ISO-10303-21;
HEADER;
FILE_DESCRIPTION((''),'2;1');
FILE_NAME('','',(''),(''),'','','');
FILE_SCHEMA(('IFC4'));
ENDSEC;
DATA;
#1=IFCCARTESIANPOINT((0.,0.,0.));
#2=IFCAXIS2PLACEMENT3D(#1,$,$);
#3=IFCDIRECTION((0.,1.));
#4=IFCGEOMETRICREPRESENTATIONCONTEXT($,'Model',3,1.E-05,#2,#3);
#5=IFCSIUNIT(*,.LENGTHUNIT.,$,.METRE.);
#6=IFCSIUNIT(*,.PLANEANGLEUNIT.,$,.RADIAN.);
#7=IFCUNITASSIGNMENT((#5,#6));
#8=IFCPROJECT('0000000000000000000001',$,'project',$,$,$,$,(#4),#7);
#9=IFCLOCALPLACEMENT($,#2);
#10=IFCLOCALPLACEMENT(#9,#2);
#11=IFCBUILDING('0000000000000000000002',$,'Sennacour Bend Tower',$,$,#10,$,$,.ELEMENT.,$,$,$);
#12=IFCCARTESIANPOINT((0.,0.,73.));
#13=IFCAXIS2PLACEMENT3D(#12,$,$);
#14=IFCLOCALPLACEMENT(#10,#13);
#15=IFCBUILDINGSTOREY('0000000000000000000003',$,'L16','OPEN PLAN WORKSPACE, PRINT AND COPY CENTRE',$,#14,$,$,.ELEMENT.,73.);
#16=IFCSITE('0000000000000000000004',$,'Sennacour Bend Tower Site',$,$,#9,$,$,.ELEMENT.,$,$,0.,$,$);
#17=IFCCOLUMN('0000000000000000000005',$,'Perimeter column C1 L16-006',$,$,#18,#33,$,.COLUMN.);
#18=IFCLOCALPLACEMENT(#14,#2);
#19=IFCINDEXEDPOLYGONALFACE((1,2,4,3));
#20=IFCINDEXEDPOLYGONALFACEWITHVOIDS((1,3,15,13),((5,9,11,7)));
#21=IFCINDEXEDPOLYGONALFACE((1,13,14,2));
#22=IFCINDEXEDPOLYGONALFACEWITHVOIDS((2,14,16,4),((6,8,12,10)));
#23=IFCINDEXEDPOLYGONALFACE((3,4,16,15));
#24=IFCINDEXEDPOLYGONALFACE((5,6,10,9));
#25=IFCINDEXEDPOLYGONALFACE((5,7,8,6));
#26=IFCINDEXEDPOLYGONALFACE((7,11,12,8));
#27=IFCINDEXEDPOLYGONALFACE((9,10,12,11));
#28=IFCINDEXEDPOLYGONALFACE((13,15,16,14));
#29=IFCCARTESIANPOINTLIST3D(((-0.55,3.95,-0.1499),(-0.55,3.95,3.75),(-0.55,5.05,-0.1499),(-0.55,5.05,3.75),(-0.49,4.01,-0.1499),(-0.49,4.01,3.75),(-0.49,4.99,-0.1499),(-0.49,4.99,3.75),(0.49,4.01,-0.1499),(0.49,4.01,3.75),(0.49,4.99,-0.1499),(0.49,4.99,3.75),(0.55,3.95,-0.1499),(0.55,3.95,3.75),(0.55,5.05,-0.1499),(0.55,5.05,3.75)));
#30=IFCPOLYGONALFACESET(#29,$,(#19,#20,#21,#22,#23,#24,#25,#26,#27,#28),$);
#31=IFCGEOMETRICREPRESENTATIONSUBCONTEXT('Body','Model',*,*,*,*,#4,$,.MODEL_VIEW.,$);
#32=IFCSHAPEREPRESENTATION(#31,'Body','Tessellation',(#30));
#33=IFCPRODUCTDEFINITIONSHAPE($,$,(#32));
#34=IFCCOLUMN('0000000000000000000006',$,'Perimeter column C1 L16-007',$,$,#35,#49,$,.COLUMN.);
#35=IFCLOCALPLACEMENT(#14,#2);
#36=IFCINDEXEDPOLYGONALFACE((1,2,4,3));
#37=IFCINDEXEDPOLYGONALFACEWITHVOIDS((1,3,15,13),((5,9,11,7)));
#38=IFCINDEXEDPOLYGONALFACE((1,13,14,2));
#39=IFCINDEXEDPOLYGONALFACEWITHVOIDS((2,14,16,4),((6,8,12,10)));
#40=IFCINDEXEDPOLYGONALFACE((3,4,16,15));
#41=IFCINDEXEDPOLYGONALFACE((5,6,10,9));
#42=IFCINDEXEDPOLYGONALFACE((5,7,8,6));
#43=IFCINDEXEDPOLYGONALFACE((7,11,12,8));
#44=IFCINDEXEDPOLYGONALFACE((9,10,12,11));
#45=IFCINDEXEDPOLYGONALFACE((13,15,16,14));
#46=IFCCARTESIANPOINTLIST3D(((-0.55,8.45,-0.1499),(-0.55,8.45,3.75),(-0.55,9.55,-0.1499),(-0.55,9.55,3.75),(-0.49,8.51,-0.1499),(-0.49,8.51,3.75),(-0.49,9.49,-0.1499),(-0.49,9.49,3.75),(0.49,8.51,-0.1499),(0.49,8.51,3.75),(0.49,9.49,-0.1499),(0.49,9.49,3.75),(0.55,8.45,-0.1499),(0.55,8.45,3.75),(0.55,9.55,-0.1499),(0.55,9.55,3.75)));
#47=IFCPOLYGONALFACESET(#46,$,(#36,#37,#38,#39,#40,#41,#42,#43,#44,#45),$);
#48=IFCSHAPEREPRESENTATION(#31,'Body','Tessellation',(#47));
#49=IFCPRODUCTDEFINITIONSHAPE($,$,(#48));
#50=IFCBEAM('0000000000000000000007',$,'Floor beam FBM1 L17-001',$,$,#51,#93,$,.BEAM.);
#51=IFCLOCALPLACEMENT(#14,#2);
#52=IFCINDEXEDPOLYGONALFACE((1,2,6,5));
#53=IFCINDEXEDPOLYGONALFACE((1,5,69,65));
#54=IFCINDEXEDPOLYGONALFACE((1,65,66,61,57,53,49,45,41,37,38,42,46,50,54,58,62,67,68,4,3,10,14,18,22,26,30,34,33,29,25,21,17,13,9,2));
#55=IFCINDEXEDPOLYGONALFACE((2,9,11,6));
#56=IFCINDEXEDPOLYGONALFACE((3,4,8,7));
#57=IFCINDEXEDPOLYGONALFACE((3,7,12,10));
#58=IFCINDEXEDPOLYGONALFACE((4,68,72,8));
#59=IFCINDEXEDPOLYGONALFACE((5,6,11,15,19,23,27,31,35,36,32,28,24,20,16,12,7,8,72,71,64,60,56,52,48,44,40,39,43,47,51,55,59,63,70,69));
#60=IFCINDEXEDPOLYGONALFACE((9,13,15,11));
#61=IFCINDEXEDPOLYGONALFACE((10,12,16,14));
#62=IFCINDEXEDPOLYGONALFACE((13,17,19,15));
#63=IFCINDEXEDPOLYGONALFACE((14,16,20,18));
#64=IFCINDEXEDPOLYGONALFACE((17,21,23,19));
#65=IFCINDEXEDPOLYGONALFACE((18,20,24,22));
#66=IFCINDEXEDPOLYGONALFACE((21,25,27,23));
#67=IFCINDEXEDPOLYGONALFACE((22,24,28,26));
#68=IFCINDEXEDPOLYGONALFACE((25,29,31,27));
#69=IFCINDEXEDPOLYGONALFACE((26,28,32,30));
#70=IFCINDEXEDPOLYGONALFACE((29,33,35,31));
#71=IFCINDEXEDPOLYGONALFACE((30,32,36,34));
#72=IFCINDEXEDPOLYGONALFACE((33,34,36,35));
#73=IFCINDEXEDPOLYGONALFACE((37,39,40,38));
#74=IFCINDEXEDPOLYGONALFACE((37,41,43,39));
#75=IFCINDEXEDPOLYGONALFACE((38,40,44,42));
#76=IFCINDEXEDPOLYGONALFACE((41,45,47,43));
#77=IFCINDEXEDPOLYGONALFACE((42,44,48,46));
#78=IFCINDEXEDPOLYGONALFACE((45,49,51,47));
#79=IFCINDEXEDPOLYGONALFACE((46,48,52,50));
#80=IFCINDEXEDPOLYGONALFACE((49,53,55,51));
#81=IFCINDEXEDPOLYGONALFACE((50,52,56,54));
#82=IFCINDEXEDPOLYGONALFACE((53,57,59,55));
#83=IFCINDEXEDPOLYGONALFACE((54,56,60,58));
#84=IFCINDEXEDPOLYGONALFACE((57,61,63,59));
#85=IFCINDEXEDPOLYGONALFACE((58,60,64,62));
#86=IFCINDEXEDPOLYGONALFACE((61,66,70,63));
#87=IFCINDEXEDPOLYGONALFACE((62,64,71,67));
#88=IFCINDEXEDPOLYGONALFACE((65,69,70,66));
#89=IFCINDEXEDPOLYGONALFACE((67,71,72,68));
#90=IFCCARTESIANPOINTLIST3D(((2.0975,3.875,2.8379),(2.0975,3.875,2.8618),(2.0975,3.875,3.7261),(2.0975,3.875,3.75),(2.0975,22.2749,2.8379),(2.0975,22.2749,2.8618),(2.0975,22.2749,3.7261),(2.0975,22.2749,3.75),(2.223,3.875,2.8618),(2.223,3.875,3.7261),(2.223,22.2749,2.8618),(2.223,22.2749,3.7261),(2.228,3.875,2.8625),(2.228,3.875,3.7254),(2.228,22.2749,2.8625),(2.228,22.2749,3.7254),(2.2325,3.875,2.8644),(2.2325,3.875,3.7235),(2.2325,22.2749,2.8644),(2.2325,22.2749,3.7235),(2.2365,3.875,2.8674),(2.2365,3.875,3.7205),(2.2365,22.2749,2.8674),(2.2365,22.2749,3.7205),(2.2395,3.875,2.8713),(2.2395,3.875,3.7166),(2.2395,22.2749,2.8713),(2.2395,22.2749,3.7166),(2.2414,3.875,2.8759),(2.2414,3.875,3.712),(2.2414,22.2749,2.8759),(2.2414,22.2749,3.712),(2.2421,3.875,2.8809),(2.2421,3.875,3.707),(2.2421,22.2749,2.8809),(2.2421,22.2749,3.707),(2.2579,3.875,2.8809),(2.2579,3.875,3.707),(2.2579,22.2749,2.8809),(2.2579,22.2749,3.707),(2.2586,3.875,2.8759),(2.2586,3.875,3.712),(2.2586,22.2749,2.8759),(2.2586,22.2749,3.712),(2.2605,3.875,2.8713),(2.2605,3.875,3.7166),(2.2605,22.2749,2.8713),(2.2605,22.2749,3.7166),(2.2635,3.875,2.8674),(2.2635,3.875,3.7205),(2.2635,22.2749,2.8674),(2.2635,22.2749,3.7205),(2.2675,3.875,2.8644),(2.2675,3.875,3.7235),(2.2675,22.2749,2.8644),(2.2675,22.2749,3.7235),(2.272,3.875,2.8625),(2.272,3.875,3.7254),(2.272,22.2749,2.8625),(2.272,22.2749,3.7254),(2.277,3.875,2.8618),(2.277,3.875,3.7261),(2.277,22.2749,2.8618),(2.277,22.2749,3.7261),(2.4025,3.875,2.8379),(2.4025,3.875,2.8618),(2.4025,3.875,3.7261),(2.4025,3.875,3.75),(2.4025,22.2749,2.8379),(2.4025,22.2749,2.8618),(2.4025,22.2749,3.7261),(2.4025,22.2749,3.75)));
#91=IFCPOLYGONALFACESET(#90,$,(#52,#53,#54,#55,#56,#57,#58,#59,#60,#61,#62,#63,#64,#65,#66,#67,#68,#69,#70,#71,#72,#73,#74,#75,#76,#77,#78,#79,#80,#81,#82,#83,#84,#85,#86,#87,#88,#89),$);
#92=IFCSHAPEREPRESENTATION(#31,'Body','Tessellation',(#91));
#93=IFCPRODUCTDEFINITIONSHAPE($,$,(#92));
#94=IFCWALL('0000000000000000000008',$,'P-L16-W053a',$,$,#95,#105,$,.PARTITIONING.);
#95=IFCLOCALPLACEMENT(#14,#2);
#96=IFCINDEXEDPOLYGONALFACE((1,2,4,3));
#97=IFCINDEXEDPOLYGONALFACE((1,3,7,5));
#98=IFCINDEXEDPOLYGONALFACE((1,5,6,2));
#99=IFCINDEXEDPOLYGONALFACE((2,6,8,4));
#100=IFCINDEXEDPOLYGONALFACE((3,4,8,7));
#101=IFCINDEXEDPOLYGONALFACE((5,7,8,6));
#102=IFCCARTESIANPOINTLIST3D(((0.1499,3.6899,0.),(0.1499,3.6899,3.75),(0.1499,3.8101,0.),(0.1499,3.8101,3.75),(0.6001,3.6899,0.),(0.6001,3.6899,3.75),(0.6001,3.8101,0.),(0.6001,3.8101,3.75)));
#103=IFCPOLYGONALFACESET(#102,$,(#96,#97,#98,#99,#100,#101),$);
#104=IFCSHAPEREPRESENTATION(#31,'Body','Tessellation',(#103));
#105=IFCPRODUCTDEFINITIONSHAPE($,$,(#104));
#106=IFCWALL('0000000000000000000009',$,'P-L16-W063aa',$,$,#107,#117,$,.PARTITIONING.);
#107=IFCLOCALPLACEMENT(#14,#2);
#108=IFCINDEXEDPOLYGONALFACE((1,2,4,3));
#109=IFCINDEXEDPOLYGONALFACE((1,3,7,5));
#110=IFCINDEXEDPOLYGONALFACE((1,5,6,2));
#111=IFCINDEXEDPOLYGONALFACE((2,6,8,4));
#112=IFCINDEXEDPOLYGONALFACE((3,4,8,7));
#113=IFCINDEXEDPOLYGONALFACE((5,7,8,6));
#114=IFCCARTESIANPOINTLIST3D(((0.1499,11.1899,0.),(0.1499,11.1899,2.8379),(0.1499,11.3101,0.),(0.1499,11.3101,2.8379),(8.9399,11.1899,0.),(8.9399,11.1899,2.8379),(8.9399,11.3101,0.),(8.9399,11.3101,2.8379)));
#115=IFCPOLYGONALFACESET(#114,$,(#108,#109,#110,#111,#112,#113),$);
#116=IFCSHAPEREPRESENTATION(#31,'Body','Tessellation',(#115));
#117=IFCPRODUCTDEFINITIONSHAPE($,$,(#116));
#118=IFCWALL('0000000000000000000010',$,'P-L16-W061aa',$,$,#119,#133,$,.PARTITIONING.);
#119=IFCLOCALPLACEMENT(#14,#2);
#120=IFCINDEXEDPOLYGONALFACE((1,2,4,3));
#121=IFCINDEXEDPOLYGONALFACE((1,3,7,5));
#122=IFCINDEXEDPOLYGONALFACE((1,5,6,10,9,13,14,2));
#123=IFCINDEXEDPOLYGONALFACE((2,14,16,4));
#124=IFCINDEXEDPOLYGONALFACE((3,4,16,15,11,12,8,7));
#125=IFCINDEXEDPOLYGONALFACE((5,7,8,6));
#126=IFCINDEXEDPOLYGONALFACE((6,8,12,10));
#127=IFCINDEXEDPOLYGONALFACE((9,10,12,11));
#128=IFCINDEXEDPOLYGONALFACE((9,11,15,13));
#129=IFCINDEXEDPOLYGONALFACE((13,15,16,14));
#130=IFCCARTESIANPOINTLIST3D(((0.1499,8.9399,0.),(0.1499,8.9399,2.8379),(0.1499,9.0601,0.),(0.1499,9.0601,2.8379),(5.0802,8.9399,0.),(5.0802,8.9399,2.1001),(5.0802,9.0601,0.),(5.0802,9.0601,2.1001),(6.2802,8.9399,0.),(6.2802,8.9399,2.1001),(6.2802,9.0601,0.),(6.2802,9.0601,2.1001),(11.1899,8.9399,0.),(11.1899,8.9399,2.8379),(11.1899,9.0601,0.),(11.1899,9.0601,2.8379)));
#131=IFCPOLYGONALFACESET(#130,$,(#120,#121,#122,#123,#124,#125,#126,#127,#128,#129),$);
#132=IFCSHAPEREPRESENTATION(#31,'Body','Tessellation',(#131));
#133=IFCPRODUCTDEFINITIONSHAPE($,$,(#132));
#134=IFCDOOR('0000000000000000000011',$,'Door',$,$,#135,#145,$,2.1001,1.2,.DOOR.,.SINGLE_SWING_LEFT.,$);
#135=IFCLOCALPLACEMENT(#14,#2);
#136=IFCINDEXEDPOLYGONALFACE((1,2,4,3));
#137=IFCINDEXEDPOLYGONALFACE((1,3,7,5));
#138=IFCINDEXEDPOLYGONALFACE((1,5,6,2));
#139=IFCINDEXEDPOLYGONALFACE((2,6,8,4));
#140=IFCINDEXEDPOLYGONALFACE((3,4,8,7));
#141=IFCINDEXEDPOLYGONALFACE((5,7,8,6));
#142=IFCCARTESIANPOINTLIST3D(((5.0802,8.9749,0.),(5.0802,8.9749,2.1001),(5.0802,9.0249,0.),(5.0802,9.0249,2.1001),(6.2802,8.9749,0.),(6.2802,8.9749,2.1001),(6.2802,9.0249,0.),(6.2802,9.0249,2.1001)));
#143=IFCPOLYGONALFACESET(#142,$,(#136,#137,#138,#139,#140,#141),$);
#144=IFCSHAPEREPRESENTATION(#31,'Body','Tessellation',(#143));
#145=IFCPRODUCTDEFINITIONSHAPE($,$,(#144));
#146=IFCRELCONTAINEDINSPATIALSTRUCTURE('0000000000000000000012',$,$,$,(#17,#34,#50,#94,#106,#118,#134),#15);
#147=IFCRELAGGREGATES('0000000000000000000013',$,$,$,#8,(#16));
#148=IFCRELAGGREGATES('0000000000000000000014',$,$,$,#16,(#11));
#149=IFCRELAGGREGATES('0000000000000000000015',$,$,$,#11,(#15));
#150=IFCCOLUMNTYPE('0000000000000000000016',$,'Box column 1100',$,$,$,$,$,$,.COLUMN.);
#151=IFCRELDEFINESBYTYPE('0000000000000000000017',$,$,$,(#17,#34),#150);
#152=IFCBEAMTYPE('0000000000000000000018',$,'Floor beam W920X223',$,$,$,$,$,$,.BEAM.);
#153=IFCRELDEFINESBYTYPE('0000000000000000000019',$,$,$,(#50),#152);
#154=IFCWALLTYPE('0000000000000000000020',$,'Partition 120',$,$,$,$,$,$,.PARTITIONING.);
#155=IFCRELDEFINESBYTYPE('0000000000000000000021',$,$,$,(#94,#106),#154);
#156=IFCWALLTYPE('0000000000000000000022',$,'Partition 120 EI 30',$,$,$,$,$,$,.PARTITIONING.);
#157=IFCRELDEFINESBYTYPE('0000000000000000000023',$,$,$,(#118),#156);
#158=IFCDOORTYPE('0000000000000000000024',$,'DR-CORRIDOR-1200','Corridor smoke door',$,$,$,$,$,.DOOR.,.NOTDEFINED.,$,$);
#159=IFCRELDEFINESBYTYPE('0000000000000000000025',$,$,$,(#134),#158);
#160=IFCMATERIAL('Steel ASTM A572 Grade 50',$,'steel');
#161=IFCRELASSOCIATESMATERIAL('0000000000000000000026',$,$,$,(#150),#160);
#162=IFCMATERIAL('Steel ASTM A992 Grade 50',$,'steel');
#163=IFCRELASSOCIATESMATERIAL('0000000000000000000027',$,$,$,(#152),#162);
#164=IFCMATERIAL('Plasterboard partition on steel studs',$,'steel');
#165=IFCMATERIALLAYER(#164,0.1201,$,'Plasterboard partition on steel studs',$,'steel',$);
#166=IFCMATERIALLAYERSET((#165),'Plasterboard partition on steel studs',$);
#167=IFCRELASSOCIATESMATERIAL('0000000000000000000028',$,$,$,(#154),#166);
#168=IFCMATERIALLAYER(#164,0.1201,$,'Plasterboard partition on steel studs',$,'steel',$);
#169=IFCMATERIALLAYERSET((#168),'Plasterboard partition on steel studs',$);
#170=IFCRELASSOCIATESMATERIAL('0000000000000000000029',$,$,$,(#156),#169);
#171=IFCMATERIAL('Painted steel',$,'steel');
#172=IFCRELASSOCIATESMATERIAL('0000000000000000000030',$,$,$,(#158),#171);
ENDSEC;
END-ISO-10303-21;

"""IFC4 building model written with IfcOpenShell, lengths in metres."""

from ifc_helpers import new_model, si_unit, direction, frame, frame_2d, origin, origin_2d, place, context, subcontext, project, spatial, rectangle, hollow_rectangle, i_section, extrude, material, layer, layer_set, material_profile, profile_set, type_object, element, fill, save


model = new_model("IFC4")

# Units and contexts
model_context = context("Model", 3, precision=1e-05, world=origin(), true_north=direction((0.0, 1.0)))
body_context = subcontext(model_context, "Body", "Model", "MODEL_VIEW")
ifc_project = project(units=[si_unit("LENGTHUNIT", "METRE"), si_unit("PLANEANGLEUNIT", "RADIAN")], contexts=[model_context])

# Site, building, storey
site_placement = place(None, origin())
site = spatial("IfcSite", under=ifc_project, at=site_placement, Name="Sennacour Bend Tower Site", CompositionType="ELEMENT", RefElevation=0.0)
building_placement = place(site_placement, origin())
building = spatial("IfcBuilding", under=site, at=building_placement, Name="Sennacour Bend Tower", CompositionType="ELEMENT")
storey_placement = place(building_placement, frame((0.0, 0.0, 73.0)))
storey = spatial("IfcBuildingStorey", under=building, at=storey_placement, Name="L16", Description="OPEN PLAN WORKSPACE, PRINT AND COPY CENTRE", CompositionType="ELEMENT", Elevation=73.0)

# Columns
ifc_material_1 = material(Name="Steel ASTM A572 Grade 50", Category="steel")
ifc_material_profile_1 = material_profile(ifc_material_1, hollow_rectangle(XDim=1.1001, YDim=1.1001, WallThickness=0.0601, at=origin_2d()), Name="Steel ASTM A572 Grade 50", Category="steel")
ifc_profile_set_1 = profile_set([ifc_material_profile_1], Name="Steel ASTM A572 Grade 50")
column_type = type_object("IfcColumnType", Name="Box column 1100", PredefinedType="COLUMN", material=ifc_profile_set_1)
for number, where, z_axis, x_axis, name in (
    (1, (0.0, 4.5, -0.1499), (0.0, 0.0, 1.0), (1.0, 0.0, 0.0), "Perimeter column C1 L16-006"),
    (2, (0.0, 9.0, -0.1499), (0.0, 0.0, 1.0), (1.0, 0.0, 0.0), "Perimeter column C1 L16-007"),
):
    element("IfcColumn", number, at=place(storey_placement, frame(where, z_axis=z_axis, x_axis=x_axis)), inside=storey, type_object=column_type, Name=name, PredefinedType="COLUMN", context=body_context, shape_type="SweptSolid", body=[
        extrude(hollow_rectangle(XDim=1.1001, YDim=1.1001, WallThickness=0.0601, at=origin_2d()), origin(), (0.0, 0.0, 1.0), 3.8999),
    ])

# Beam
ifc_material_2 = material(Name="Steel ASTM A992 Grade 50", Category="steel")
ifc_material_profile_2 = material_profile(ifc_material_2, i_section(OverallWidth=0.3049, OverallDepth=0.9121, WebThickness=0.0159, FlangeThickness=0.0239, FilletRadius=0.019, at=origin_2d()), Name="Steel ASTM A992 Grade 50", Category="steel")
ifc_profile_set_2 = profile_set([ifc_material_profile_2], Name="Steel ASTM A992 Grade 50")
beam_type = type_object("IfcBeamType", Name="Floor beam W920X223", PredefinedType="BEAM", material=ifc_profile_set_2)
beam_placement = place(storey_placement, frame((2.25, 3.875, 3.2939), z_axis=(0.0, 1.0, 0.0), x_axis=(-1.0, 0.0, 0.0)))
element("IfcBeam", 3, at=beam_placement, inside=storey, type_object=beam_type, Name="Floor beam FBM1 L17-001", PredefinedType="BEAM", context=body_context, shape_type="SweptSolid", body=[
    extrude(i_section(OverallWidth=0.3049, OverallDepth=0.9121, WebThickness=0.0159, FlangeThickness=0.0239, FilletRadius=0.019, at=origin_2d()), origin(), (0.0, 0.0, 1.0), 18.3999),
])

# Walls
ifc_material_3 = material(Name="Plasterboard partition on steel studs", Category="steel")
ifc_layer_1 = layer(ifc_material_3, 0.1201, Name="Plasterboard partition on steel studs", Category="steel")
ifc_layer_set_1 = layer_set([ifc_layer_1], Name="Plasterboard partition on steel studs")
wall_type_1 = type_object("IfcWallType", Name="Partition 120", PredefinedType="PARTITIONING", material=ifc_layer_set_1)
wall_1_placement = place(storey_placement, frame((0.1499, 3.75, 0.0), z_axis=(0.0, 0.0, 1.0), x_axis=(1.0, 0.0, 0.0)))
element("IfcWall", 4, at=wall_1_placement, inside=storey, type_object=wall_type_1, Name="P-L16-W053a", PredefinedType="PARTITIONING", context=body_context, shape_type="SweptSolid", body=[
    extrude(rectangle(XDim=0.4502, YDim=0.1201, at=frame_2d((0.2251, 0.0))), origin(), (0.0, 0.0, 1.0), 3.75),
])
wall_2_placement = place(storey_placement, frame((0.1499, 11.25, 0.0), z_axis=(0.0, 0.0, 1.0), x_axis=(1.0, 0.0, 0.0)))
element("IfcWall", 5, at=wall_2_placement, inside=storey, type_object=wall_type_1, Name="P-L16-W063aa", PredefinedType="PARTITIONING", context=body_context, shape_type="SweptSolid", body=[
    extrude(rectangle(XDim=8.79, YDim=0.1201, at=frame_2d((4.395, 0.0))), origin(), (0.0, 0.0, 1.0), 2.8379),
])

# Wall, opening, door
ifc_layer_2 = layer(ifc_material_3, 0.1201, Name="Plasterboard partition on steel studs", Category="steel")
ifc_layer_set_2 = layer_set([ifc_layer_2], Name="Plasterboard partition on steel studs")
wall_type_2 = type_object("IfcWallType", Name="Partition 120 EI 30", PredefinedType="PARTITIONING", material=ifc_layer_set_2)
wall_3_placement = place(storey_placement, frame((0.1499, 9.0, 0.0), z_axis=(0.0, 0.0, 1.0), x_axis=(1.0, 0.0, 0.0)))
wall_3 = element("IfcWall", 6, at=wall_3_placement, inside=storey, type_object=wall_type_2, Name="P-L16-W061aa", PredefinedType="PARTITIONING", context=body_context, shape_type="SweptSolid", body=[
    extrude(rectangle(XDim=11.04, YDim=0.1201, at=frame_2d((5.52, 0.0))), origin(), (0.0, 0.0, 1.0), 2.8379),
])
opening_1_placement = place(wall_3_placement, frame((4.9302, 0.0, 0.0)))
opening_1 = element("IfcOpeningElement", 7, at=opening_1_placement, cuts=wall_3, PredefinedType="OPENING", context=body_context, shape_type="SweptSolid", body=[
    extrude(rectangle(XDim=1.2, YDim=2.1001, at=frame_2d((0.6001, 1.05))), frame((0.0, 0.0701, 0.0), z_axis=(0.0, -1.0, 0.0), x_axis=(1.0, 0.0, 0.0)), (0.0, 0.0, 1.0), 0.1401),
])
ifc_material_4 = material(Name="Painted steel", Category="steel")
door_type_1 = type_object("IfcDoorType", Name="DR-CORRIDOR-1200", Description="Corridor smoke door", OperationType="NOTDEFINED", PredefinedType="DOOR", material=ifc_material_4)
door_1_placement = place(opening_1_placement, origin())
door_1 = element("IfcDoor", 8, at=door_1_placement, inside=storey, type_object=door_type_1, Name="Door", OperationType="SINGLE_SWING_LEFT", OverallHeight=2.1001, OverallWidth=1.2, PredefinedType="DOOR", context=body_context, shape_type="SweptSolid", body=[
    extrude(rectangle(XDim=1.2, YDim=2.1001, at=frame_2d((0.6001, 1.05))), frame((0.0, 0.0249, 0.0), z_axis=(0.0, -1.0, 0.0), x_axis=(1.0, 0.0, 0.0)), (0.0, 0.0, 1.0), 0.05),
])
fill(opening_1, door_1)

save(model, "model.ifc")
